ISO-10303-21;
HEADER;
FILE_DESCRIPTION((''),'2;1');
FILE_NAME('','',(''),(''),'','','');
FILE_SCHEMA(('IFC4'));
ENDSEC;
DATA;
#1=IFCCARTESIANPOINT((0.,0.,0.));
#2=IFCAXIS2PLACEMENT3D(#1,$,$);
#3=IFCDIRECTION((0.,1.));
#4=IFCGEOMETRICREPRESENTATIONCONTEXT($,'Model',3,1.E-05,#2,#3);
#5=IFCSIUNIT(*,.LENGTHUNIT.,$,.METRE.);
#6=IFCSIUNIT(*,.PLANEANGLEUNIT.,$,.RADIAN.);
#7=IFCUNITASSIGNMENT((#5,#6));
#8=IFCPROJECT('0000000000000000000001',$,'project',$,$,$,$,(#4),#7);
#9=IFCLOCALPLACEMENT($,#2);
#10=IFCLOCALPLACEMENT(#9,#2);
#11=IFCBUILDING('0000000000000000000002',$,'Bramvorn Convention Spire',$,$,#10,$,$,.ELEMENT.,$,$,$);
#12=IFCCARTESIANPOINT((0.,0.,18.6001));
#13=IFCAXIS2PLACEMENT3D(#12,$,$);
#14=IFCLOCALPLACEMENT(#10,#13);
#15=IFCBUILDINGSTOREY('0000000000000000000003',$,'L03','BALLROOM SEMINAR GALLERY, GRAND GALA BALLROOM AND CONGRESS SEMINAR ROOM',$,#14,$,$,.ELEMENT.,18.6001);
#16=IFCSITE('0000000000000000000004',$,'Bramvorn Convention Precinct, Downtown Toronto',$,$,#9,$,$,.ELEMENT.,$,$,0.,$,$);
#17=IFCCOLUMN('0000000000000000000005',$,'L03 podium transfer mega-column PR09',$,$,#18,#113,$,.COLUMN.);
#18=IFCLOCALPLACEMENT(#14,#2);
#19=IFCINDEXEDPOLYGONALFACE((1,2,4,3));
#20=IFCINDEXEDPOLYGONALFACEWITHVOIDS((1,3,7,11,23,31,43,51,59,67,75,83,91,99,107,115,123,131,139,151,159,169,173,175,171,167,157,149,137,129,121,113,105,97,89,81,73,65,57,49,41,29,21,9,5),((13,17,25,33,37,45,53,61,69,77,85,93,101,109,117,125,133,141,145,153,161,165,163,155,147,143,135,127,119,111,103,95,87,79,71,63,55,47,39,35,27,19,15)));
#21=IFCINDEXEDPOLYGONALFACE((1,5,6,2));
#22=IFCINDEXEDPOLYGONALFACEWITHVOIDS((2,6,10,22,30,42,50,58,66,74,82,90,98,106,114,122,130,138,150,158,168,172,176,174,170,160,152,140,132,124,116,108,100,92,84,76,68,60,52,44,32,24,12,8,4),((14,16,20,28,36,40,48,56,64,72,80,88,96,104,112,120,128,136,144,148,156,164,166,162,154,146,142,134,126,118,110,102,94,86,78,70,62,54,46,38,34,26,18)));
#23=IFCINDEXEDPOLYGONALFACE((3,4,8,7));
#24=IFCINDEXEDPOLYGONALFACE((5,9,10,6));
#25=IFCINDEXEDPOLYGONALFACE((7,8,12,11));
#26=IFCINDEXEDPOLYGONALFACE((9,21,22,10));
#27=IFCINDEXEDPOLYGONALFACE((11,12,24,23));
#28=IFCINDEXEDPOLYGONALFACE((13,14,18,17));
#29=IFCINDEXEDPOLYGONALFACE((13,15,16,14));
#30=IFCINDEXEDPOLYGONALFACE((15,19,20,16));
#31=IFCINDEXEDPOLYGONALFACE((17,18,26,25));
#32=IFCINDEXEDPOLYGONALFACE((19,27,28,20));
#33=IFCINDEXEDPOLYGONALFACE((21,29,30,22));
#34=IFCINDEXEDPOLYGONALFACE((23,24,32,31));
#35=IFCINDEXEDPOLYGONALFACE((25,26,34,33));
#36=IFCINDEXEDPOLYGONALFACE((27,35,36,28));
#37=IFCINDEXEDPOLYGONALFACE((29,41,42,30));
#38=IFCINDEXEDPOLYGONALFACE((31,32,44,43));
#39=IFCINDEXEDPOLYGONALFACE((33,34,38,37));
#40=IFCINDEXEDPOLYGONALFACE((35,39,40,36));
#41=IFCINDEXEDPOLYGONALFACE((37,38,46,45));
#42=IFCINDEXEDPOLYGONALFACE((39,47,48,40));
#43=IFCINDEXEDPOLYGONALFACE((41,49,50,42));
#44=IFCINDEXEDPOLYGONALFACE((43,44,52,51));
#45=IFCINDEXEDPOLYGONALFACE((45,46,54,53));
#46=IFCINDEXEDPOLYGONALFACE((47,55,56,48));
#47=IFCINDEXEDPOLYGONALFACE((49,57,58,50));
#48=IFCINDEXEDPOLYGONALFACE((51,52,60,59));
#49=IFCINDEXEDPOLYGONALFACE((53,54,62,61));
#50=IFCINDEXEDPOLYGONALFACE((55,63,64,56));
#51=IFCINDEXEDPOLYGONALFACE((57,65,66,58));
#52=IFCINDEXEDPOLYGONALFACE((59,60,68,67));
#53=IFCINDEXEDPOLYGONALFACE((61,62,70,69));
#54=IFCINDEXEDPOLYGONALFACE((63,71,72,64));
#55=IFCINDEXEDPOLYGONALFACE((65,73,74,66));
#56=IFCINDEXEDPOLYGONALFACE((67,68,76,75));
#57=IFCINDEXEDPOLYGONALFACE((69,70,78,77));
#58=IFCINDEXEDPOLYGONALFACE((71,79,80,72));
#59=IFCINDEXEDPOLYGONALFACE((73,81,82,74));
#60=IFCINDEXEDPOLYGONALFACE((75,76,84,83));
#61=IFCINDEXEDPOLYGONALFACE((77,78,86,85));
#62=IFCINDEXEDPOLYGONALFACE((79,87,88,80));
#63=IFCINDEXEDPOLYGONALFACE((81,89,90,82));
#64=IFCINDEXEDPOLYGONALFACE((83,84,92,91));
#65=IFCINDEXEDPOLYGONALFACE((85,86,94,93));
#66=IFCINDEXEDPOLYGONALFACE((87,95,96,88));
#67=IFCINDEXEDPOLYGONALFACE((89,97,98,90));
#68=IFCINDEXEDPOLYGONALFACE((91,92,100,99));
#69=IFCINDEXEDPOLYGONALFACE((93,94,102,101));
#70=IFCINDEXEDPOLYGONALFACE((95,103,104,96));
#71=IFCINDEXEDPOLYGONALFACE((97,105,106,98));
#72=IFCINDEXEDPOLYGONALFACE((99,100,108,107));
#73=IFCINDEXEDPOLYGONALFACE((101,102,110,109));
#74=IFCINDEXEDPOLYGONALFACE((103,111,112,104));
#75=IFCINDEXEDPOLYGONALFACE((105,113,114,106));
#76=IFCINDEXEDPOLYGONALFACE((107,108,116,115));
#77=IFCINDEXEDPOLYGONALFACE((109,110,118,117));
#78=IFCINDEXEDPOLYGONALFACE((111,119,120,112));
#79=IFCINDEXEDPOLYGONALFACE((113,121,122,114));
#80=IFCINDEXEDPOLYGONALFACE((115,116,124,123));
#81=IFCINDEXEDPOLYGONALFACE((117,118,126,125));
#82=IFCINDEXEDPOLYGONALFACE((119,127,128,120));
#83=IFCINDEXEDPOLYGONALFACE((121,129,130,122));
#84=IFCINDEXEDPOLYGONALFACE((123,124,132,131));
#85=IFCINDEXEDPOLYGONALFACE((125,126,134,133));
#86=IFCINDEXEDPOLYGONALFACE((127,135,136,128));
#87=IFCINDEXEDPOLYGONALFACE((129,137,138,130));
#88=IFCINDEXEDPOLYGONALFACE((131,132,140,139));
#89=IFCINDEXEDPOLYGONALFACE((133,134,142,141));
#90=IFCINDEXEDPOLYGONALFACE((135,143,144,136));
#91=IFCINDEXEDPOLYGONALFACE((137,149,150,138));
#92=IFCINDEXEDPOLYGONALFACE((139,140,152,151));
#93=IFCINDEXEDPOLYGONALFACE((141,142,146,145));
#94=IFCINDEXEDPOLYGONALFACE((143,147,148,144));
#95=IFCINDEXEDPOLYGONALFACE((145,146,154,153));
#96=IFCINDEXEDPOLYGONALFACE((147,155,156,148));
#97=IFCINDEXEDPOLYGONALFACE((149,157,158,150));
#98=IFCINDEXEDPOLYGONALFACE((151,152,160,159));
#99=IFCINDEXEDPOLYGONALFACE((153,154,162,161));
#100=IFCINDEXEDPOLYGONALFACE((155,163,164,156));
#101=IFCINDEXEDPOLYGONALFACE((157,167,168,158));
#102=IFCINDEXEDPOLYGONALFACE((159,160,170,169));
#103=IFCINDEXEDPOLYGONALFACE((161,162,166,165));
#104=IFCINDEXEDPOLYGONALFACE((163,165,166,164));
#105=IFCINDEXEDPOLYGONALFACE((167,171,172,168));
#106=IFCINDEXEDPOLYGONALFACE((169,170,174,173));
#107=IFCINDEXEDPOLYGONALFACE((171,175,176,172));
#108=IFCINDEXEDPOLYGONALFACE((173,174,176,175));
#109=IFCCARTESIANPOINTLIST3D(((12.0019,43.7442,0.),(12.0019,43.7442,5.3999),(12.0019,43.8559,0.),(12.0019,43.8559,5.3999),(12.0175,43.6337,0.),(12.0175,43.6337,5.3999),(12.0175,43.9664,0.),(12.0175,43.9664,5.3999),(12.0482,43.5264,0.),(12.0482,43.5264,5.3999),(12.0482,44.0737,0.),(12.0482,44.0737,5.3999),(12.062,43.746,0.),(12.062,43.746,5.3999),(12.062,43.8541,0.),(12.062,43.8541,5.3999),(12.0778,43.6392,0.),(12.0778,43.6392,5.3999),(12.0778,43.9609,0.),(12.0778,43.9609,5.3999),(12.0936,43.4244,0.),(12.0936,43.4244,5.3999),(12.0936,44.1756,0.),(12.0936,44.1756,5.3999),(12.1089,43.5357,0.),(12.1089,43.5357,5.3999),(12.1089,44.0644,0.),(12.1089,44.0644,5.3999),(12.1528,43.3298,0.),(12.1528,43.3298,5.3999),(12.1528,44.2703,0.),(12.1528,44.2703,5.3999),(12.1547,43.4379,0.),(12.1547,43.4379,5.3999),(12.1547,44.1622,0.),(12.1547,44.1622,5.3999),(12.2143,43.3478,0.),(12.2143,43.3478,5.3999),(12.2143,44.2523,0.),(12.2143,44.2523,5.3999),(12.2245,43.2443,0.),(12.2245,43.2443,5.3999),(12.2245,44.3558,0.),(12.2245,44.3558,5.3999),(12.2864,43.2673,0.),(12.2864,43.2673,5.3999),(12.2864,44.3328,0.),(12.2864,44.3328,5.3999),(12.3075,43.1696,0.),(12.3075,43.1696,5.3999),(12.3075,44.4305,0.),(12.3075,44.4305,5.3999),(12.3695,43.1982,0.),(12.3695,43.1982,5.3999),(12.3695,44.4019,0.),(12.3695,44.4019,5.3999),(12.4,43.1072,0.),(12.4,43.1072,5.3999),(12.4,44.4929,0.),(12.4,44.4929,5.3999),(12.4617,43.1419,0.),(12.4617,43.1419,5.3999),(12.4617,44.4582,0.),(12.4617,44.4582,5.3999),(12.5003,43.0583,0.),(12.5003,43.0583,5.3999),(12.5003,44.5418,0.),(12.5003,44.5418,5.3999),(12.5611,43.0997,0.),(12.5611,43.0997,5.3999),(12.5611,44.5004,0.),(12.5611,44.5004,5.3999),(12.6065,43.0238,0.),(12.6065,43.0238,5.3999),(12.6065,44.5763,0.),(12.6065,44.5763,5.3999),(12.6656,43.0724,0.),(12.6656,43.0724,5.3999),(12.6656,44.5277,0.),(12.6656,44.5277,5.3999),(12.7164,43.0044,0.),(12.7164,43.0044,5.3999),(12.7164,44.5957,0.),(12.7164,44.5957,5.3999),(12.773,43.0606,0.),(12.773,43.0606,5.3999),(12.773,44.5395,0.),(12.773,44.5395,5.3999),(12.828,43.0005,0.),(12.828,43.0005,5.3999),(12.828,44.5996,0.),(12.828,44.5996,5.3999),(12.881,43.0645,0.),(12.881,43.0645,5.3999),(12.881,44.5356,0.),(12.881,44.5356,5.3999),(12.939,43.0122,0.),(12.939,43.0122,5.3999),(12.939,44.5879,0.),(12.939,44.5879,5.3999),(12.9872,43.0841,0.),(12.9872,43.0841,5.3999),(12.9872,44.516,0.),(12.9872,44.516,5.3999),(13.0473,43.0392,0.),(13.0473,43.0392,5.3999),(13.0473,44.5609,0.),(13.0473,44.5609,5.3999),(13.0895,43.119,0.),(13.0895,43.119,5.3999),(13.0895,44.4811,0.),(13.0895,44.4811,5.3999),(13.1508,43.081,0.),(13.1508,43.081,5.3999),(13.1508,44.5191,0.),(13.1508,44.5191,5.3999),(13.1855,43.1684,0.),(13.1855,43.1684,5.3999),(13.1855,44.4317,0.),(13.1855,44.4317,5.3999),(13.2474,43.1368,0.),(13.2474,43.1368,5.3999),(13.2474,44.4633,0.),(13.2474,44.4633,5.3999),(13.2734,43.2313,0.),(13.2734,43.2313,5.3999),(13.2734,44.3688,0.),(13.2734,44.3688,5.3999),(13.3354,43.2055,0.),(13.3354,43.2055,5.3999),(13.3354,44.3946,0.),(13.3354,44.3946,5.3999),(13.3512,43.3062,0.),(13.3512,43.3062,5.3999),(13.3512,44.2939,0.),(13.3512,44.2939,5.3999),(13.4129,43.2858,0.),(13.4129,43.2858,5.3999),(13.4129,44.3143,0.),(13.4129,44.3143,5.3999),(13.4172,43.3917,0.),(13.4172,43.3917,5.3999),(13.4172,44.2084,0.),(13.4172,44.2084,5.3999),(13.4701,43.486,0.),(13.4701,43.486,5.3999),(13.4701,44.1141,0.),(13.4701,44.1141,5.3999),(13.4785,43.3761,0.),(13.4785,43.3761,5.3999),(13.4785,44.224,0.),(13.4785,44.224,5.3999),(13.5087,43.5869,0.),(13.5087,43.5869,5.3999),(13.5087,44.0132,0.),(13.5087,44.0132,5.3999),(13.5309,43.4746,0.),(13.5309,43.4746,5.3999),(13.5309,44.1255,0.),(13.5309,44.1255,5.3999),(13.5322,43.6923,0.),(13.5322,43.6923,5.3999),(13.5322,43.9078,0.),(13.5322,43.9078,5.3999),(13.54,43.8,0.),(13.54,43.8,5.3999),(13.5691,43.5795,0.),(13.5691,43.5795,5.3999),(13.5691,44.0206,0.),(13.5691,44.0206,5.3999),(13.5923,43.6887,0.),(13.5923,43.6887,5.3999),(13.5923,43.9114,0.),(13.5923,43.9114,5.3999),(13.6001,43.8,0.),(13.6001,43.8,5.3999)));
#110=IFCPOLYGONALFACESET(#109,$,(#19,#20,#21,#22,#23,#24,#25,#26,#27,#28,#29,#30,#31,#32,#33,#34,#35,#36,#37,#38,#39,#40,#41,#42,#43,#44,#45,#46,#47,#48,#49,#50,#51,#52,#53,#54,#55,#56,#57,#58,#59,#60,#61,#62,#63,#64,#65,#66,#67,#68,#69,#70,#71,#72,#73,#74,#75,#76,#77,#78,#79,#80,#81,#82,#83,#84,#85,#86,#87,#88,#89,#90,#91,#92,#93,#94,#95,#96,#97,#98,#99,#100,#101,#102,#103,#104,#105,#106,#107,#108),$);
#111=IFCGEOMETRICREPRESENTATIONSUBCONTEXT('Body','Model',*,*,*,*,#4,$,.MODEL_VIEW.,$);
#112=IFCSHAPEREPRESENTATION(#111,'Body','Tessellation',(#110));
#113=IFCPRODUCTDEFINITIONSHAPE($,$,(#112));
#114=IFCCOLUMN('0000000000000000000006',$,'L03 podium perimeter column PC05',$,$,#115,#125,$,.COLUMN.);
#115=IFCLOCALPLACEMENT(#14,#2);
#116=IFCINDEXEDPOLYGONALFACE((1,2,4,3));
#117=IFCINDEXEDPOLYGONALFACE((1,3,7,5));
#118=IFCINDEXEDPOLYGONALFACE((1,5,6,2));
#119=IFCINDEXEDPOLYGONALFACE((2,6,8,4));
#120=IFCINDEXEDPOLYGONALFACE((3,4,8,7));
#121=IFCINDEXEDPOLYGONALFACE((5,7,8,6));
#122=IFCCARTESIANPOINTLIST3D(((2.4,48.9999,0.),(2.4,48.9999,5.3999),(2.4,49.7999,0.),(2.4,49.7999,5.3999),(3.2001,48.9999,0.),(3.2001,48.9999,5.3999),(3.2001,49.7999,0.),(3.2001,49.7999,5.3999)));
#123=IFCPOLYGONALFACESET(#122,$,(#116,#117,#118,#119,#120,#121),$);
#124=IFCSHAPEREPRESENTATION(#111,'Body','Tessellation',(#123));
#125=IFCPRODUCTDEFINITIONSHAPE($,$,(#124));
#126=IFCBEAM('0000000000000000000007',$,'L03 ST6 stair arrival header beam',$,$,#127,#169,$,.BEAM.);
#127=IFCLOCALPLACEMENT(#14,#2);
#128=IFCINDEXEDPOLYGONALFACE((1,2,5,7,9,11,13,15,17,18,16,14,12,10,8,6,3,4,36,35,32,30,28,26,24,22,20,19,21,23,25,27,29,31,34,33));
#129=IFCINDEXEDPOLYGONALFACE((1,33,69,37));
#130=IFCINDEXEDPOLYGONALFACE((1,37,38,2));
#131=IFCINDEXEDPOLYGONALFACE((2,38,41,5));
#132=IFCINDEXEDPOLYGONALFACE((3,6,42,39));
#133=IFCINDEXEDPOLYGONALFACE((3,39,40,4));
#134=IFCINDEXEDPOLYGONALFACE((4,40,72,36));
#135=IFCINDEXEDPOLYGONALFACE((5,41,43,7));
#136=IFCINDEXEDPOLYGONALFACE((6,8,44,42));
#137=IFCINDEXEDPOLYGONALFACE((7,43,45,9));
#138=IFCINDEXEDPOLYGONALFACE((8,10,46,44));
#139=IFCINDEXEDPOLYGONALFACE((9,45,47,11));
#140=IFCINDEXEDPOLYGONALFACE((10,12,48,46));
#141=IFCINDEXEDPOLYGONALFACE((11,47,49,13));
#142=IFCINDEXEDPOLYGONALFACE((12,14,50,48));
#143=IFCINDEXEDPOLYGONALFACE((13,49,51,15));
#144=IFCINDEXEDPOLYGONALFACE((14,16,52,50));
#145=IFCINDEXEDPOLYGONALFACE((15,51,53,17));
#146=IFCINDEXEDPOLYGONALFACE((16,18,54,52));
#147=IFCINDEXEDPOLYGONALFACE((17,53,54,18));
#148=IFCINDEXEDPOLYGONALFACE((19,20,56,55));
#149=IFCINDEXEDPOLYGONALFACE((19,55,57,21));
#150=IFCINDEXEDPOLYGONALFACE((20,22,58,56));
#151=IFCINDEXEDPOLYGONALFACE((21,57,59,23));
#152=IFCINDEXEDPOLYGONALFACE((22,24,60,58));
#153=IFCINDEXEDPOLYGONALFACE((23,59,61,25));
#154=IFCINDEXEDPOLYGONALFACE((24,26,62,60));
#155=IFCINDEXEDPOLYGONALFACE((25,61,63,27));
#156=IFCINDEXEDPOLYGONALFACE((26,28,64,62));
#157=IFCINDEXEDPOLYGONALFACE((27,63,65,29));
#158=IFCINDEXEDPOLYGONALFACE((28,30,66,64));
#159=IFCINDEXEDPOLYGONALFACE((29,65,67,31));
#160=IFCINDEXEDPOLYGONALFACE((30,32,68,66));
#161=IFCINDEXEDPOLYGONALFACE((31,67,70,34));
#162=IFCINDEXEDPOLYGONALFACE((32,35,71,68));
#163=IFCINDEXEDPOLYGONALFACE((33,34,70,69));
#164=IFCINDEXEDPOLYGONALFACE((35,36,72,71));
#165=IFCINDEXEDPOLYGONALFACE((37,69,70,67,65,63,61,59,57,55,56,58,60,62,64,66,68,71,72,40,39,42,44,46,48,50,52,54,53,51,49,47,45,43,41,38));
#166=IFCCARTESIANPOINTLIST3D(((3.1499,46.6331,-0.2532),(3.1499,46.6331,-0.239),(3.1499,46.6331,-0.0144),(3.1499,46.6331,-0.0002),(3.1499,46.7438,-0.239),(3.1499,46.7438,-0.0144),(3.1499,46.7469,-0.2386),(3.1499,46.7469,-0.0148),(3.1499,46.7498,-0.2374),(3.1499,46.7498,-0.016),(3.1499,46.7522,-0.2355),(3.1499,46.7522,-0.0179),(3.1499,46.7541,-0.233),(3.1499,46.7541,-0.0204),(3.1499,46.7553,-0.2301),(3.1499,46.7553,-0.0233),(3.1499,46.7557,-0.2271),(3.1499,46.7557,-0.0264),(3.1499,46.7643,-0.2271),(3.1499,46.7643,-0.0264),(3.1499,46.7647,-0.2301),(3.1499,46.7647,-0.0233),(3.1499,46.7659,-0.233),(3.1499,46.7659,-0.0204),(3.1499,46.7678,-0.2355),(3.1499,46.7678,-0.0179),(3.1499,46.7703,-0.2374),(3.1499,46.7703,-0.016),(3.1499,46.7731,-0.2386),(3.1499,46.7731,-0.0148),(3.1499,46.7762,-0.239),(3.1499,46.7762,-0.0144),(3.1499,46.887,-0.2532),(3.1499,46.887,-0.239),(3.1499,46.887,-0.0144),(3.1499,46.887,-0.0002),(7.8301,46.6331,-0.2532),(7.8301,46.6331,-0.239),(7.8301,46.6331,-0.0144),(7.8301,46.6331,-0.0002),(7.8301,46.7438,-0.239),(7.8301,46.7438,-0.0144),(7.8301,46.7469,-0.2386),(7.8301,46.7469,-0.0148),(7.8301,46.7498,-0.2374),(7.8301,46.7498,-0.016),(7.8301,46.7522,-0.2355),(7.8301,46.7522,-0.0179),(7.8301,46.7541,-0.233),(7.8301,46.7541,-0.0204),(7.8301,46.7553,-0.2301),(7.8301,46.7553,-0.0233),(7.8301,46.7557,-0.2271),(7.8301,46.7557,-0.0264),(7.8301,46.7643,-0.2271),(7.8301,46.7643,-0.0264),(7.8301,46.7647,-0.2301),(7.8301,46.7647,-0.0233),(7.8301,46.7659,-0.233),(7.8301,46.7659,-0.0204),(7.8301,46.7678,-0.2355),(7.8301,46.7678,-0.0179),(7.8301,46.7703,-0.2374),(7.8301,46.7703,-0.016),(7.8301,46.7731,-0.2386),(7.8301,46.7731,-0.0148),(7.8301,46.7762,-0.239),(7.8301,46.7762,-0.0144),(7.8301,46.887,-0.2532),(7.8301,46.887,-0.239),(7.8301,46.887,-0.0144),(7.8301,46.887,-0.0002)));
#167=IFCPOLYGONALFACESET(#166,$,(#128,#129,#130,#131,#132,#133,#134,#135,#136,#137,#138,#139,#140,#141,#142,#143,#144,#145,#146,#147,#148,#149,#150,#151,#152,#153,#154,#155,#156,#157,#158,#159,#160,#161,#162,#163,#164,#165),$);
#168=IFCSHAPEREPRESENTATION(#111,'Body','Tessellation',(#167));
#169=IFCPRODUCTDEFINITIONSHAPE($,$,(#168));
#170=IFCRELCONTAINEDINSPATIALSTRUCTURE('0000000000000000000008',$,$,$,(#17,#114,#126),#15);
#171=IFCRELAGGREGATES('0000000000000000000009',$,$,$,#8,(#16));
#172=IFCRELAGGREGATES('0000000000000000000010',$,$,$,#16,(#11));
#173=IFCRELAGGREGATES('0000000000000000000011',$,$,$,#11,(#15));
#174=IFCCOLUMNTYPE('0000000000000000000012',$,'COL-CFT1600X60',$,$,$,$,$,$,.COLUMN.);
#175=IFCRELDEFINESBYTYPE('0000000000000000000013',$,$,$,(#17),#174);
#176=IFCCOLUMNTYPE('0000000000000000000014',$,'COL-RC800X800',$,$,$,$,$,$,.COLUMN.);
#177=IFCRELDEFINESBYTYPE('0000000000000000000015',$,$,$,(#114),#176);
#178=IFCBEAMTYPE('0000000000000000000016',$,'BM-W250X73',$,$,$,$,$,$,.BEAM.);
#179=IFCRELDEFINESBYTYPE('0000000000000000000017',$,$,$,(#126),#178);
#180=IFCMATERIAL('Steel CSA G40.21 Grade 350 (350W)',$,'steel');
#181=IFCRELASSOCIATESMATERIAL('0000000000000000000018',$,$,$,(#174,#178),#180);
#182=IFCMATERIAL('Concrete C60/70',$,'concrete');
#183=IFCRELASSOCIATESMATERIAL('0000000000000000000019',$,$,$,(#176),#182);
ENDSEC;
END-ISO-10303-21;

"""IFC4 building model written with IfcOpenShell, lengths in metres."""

from ifc_helpers import new_model, si_unit, direction, frame, origin, origin_2d, place, context, subcontext, project, spatial, rectangle, hollow_circle, i_section, extrude, material, material_profile, profile_set, type_object, element, save


model = new_model("IFC4")

# Units and contexts
model_context = context("Model", 3, precision=1e-05, world=origin(), true_north=direction((0.0, 1.0)))
body_context = subcontext(model_context, "Body", "Model", "MODEL_VIEW")
ifc_project = project(units=[si_unit("LENGTHUNIT", "METRE"), si_unit("PLANEANGLEUNIT", "RADIAN")], contexts=[model_context])

# Site, building, storey
site_placement = place(None, origin())
site = spatial("IfcSite", under=ifc_project, at=site_placement, Name="Bramvorn Convention Precinct, Downtown Toronto", CompositionType="ELEMENT", RefElevation=0.0)
building_placement = place(site_placement, origin())
building = spatial("IfcBuilding", under=site, at=building_placement, Name="Bramvorn Convention Spire", CompositionType="ELEMENT")
storey_placement = place(building_placement, frame((0.0, 0.0, 18.6001)))
storey = spatial("IfcBuildingStorey", under=building, at=storey_placement, Name="L03", Description="BALLROOM SEMINAR GALLERY, GRAND GALA BALLROOM AND CONGRESS SEMINAR ROOM", CompositionType="ELEMENT", Elevation=18.6001)

# Columns
ifc_material_1 = material(Name="Steel CSA G40.21 Grade 350 (350W)", Category="steel")
ifc_material_profile_1 = material_profile(ifc_material_1, hollow_circle(Radius=0.8, WallThickness=0.0601, at=origin_2d()))
ifc_profile_set_1 = profile_set([ifc_material_profile_1], Name="Steel CSA G40.21 Grade 350 (350W) - CFT1600X60")
column_type_1 = type_object("IfcColumnType", Name="COL-CFT1600X60", PredefinedType="COLUMN", material=ifc_profile_set_1)
column_1_placement = place(storey_placement, frame((12.8, 43.8, 0.0), z_axis=(0.0, 0.0, 1.0), x_axis=(1.0, 0.0, 0.0)))
element("IfcColumn", 1, at=column_1_placement, inside=storey, type_object=column_type_1, Name="L03 podium transfer mega-column PR09", PredefinedType="COLUMN", context=body_context, shape_type="SweptSolid", body=[
    extrude(hollow_circle(Radius=0.8, WallThickness=0.0601, at=origin_2d()), origin(), (0.0, 0.0, 1.0), 5.3999),
])
ifc_material_2 = material(Name="Concrete C60/70", Category="concrete")
ifc_material_profile_2 = material_profile(ifc_material_2, rectangle(XDim=0.8, YDim=0.8, at=origin_2d()))
ifc_profile_set_2 = profile_set([ifc_material_profile_2], Name="Concrete C60/70 - RC800X800")
column_type_2 = type_object("IfcColumnType", Name="COL-RC800X800", PredefinedType="COLUMN", material=ifc_profile_set_2)
column_2_placement = place(storey_placement, frame((2.8, 49.3999, 0.0), z_axis=(0.0, 0.0, 1.0), x_axis=(1.0, 0.0, 0.0)))
element("IfcColumn", 2, at=column_2_placement, inside=storey, type_object=column_type_2, Name="L03 podium perimeter column PC05", PredefinedType="COLUMN", context=body_context, shape_type="SweptSolid", body=[
    extrude(rectangle(XDim=0.8, YDim=0.8, at=origin_2d()), origin(), (0.0, 0.0, 1.0), 5.3999),
])

# Beam
ifc_material_profile_3 = material_profile(ifc_material_1, i_section(OverallWidth=0.2539, OverallDepth=0.2529, WebThickness=0.0085, FlangeThickness=0.0142, FilletRadius=0.012, at=origin_2d()))
ifc_profile_set_3 = profile_set([ifc_material_profile_3], Name="Steel CSA G40.21 Grade 350 (350W) - W250X73")
beam_type_1 = type_object("IfcBeamType", Name="BM-W250X73", PredefinedType="BEAM", material=ifc_profile_set_3)
beam_1_placement = place(storey_placement, frame((3.1499, 46.76, -0.1267), z_axis=(1.0, 0.0, 0.0), x_axis=(0.0, 1.0, 0.0)))
element("IfcBeam", 3, at=beam_1_placement, inside=storey, type_object=beam_type_1, Name="L03 ST6 stair arrival header beam", PredefinedType="BEAM", context=body_context, shape_type="SweptSolid", body=[
    extrude(i_section(OverallWidth=0.2539, OverallDepth=0.2529, WebThickness=0.0085, FlangeThickness=0.0142, FilletRadius=0.012, at=origin_2d()), origin(), (0.0, 0.0, 1.0), 4.6802),
])

save(model, "model.ifc")
